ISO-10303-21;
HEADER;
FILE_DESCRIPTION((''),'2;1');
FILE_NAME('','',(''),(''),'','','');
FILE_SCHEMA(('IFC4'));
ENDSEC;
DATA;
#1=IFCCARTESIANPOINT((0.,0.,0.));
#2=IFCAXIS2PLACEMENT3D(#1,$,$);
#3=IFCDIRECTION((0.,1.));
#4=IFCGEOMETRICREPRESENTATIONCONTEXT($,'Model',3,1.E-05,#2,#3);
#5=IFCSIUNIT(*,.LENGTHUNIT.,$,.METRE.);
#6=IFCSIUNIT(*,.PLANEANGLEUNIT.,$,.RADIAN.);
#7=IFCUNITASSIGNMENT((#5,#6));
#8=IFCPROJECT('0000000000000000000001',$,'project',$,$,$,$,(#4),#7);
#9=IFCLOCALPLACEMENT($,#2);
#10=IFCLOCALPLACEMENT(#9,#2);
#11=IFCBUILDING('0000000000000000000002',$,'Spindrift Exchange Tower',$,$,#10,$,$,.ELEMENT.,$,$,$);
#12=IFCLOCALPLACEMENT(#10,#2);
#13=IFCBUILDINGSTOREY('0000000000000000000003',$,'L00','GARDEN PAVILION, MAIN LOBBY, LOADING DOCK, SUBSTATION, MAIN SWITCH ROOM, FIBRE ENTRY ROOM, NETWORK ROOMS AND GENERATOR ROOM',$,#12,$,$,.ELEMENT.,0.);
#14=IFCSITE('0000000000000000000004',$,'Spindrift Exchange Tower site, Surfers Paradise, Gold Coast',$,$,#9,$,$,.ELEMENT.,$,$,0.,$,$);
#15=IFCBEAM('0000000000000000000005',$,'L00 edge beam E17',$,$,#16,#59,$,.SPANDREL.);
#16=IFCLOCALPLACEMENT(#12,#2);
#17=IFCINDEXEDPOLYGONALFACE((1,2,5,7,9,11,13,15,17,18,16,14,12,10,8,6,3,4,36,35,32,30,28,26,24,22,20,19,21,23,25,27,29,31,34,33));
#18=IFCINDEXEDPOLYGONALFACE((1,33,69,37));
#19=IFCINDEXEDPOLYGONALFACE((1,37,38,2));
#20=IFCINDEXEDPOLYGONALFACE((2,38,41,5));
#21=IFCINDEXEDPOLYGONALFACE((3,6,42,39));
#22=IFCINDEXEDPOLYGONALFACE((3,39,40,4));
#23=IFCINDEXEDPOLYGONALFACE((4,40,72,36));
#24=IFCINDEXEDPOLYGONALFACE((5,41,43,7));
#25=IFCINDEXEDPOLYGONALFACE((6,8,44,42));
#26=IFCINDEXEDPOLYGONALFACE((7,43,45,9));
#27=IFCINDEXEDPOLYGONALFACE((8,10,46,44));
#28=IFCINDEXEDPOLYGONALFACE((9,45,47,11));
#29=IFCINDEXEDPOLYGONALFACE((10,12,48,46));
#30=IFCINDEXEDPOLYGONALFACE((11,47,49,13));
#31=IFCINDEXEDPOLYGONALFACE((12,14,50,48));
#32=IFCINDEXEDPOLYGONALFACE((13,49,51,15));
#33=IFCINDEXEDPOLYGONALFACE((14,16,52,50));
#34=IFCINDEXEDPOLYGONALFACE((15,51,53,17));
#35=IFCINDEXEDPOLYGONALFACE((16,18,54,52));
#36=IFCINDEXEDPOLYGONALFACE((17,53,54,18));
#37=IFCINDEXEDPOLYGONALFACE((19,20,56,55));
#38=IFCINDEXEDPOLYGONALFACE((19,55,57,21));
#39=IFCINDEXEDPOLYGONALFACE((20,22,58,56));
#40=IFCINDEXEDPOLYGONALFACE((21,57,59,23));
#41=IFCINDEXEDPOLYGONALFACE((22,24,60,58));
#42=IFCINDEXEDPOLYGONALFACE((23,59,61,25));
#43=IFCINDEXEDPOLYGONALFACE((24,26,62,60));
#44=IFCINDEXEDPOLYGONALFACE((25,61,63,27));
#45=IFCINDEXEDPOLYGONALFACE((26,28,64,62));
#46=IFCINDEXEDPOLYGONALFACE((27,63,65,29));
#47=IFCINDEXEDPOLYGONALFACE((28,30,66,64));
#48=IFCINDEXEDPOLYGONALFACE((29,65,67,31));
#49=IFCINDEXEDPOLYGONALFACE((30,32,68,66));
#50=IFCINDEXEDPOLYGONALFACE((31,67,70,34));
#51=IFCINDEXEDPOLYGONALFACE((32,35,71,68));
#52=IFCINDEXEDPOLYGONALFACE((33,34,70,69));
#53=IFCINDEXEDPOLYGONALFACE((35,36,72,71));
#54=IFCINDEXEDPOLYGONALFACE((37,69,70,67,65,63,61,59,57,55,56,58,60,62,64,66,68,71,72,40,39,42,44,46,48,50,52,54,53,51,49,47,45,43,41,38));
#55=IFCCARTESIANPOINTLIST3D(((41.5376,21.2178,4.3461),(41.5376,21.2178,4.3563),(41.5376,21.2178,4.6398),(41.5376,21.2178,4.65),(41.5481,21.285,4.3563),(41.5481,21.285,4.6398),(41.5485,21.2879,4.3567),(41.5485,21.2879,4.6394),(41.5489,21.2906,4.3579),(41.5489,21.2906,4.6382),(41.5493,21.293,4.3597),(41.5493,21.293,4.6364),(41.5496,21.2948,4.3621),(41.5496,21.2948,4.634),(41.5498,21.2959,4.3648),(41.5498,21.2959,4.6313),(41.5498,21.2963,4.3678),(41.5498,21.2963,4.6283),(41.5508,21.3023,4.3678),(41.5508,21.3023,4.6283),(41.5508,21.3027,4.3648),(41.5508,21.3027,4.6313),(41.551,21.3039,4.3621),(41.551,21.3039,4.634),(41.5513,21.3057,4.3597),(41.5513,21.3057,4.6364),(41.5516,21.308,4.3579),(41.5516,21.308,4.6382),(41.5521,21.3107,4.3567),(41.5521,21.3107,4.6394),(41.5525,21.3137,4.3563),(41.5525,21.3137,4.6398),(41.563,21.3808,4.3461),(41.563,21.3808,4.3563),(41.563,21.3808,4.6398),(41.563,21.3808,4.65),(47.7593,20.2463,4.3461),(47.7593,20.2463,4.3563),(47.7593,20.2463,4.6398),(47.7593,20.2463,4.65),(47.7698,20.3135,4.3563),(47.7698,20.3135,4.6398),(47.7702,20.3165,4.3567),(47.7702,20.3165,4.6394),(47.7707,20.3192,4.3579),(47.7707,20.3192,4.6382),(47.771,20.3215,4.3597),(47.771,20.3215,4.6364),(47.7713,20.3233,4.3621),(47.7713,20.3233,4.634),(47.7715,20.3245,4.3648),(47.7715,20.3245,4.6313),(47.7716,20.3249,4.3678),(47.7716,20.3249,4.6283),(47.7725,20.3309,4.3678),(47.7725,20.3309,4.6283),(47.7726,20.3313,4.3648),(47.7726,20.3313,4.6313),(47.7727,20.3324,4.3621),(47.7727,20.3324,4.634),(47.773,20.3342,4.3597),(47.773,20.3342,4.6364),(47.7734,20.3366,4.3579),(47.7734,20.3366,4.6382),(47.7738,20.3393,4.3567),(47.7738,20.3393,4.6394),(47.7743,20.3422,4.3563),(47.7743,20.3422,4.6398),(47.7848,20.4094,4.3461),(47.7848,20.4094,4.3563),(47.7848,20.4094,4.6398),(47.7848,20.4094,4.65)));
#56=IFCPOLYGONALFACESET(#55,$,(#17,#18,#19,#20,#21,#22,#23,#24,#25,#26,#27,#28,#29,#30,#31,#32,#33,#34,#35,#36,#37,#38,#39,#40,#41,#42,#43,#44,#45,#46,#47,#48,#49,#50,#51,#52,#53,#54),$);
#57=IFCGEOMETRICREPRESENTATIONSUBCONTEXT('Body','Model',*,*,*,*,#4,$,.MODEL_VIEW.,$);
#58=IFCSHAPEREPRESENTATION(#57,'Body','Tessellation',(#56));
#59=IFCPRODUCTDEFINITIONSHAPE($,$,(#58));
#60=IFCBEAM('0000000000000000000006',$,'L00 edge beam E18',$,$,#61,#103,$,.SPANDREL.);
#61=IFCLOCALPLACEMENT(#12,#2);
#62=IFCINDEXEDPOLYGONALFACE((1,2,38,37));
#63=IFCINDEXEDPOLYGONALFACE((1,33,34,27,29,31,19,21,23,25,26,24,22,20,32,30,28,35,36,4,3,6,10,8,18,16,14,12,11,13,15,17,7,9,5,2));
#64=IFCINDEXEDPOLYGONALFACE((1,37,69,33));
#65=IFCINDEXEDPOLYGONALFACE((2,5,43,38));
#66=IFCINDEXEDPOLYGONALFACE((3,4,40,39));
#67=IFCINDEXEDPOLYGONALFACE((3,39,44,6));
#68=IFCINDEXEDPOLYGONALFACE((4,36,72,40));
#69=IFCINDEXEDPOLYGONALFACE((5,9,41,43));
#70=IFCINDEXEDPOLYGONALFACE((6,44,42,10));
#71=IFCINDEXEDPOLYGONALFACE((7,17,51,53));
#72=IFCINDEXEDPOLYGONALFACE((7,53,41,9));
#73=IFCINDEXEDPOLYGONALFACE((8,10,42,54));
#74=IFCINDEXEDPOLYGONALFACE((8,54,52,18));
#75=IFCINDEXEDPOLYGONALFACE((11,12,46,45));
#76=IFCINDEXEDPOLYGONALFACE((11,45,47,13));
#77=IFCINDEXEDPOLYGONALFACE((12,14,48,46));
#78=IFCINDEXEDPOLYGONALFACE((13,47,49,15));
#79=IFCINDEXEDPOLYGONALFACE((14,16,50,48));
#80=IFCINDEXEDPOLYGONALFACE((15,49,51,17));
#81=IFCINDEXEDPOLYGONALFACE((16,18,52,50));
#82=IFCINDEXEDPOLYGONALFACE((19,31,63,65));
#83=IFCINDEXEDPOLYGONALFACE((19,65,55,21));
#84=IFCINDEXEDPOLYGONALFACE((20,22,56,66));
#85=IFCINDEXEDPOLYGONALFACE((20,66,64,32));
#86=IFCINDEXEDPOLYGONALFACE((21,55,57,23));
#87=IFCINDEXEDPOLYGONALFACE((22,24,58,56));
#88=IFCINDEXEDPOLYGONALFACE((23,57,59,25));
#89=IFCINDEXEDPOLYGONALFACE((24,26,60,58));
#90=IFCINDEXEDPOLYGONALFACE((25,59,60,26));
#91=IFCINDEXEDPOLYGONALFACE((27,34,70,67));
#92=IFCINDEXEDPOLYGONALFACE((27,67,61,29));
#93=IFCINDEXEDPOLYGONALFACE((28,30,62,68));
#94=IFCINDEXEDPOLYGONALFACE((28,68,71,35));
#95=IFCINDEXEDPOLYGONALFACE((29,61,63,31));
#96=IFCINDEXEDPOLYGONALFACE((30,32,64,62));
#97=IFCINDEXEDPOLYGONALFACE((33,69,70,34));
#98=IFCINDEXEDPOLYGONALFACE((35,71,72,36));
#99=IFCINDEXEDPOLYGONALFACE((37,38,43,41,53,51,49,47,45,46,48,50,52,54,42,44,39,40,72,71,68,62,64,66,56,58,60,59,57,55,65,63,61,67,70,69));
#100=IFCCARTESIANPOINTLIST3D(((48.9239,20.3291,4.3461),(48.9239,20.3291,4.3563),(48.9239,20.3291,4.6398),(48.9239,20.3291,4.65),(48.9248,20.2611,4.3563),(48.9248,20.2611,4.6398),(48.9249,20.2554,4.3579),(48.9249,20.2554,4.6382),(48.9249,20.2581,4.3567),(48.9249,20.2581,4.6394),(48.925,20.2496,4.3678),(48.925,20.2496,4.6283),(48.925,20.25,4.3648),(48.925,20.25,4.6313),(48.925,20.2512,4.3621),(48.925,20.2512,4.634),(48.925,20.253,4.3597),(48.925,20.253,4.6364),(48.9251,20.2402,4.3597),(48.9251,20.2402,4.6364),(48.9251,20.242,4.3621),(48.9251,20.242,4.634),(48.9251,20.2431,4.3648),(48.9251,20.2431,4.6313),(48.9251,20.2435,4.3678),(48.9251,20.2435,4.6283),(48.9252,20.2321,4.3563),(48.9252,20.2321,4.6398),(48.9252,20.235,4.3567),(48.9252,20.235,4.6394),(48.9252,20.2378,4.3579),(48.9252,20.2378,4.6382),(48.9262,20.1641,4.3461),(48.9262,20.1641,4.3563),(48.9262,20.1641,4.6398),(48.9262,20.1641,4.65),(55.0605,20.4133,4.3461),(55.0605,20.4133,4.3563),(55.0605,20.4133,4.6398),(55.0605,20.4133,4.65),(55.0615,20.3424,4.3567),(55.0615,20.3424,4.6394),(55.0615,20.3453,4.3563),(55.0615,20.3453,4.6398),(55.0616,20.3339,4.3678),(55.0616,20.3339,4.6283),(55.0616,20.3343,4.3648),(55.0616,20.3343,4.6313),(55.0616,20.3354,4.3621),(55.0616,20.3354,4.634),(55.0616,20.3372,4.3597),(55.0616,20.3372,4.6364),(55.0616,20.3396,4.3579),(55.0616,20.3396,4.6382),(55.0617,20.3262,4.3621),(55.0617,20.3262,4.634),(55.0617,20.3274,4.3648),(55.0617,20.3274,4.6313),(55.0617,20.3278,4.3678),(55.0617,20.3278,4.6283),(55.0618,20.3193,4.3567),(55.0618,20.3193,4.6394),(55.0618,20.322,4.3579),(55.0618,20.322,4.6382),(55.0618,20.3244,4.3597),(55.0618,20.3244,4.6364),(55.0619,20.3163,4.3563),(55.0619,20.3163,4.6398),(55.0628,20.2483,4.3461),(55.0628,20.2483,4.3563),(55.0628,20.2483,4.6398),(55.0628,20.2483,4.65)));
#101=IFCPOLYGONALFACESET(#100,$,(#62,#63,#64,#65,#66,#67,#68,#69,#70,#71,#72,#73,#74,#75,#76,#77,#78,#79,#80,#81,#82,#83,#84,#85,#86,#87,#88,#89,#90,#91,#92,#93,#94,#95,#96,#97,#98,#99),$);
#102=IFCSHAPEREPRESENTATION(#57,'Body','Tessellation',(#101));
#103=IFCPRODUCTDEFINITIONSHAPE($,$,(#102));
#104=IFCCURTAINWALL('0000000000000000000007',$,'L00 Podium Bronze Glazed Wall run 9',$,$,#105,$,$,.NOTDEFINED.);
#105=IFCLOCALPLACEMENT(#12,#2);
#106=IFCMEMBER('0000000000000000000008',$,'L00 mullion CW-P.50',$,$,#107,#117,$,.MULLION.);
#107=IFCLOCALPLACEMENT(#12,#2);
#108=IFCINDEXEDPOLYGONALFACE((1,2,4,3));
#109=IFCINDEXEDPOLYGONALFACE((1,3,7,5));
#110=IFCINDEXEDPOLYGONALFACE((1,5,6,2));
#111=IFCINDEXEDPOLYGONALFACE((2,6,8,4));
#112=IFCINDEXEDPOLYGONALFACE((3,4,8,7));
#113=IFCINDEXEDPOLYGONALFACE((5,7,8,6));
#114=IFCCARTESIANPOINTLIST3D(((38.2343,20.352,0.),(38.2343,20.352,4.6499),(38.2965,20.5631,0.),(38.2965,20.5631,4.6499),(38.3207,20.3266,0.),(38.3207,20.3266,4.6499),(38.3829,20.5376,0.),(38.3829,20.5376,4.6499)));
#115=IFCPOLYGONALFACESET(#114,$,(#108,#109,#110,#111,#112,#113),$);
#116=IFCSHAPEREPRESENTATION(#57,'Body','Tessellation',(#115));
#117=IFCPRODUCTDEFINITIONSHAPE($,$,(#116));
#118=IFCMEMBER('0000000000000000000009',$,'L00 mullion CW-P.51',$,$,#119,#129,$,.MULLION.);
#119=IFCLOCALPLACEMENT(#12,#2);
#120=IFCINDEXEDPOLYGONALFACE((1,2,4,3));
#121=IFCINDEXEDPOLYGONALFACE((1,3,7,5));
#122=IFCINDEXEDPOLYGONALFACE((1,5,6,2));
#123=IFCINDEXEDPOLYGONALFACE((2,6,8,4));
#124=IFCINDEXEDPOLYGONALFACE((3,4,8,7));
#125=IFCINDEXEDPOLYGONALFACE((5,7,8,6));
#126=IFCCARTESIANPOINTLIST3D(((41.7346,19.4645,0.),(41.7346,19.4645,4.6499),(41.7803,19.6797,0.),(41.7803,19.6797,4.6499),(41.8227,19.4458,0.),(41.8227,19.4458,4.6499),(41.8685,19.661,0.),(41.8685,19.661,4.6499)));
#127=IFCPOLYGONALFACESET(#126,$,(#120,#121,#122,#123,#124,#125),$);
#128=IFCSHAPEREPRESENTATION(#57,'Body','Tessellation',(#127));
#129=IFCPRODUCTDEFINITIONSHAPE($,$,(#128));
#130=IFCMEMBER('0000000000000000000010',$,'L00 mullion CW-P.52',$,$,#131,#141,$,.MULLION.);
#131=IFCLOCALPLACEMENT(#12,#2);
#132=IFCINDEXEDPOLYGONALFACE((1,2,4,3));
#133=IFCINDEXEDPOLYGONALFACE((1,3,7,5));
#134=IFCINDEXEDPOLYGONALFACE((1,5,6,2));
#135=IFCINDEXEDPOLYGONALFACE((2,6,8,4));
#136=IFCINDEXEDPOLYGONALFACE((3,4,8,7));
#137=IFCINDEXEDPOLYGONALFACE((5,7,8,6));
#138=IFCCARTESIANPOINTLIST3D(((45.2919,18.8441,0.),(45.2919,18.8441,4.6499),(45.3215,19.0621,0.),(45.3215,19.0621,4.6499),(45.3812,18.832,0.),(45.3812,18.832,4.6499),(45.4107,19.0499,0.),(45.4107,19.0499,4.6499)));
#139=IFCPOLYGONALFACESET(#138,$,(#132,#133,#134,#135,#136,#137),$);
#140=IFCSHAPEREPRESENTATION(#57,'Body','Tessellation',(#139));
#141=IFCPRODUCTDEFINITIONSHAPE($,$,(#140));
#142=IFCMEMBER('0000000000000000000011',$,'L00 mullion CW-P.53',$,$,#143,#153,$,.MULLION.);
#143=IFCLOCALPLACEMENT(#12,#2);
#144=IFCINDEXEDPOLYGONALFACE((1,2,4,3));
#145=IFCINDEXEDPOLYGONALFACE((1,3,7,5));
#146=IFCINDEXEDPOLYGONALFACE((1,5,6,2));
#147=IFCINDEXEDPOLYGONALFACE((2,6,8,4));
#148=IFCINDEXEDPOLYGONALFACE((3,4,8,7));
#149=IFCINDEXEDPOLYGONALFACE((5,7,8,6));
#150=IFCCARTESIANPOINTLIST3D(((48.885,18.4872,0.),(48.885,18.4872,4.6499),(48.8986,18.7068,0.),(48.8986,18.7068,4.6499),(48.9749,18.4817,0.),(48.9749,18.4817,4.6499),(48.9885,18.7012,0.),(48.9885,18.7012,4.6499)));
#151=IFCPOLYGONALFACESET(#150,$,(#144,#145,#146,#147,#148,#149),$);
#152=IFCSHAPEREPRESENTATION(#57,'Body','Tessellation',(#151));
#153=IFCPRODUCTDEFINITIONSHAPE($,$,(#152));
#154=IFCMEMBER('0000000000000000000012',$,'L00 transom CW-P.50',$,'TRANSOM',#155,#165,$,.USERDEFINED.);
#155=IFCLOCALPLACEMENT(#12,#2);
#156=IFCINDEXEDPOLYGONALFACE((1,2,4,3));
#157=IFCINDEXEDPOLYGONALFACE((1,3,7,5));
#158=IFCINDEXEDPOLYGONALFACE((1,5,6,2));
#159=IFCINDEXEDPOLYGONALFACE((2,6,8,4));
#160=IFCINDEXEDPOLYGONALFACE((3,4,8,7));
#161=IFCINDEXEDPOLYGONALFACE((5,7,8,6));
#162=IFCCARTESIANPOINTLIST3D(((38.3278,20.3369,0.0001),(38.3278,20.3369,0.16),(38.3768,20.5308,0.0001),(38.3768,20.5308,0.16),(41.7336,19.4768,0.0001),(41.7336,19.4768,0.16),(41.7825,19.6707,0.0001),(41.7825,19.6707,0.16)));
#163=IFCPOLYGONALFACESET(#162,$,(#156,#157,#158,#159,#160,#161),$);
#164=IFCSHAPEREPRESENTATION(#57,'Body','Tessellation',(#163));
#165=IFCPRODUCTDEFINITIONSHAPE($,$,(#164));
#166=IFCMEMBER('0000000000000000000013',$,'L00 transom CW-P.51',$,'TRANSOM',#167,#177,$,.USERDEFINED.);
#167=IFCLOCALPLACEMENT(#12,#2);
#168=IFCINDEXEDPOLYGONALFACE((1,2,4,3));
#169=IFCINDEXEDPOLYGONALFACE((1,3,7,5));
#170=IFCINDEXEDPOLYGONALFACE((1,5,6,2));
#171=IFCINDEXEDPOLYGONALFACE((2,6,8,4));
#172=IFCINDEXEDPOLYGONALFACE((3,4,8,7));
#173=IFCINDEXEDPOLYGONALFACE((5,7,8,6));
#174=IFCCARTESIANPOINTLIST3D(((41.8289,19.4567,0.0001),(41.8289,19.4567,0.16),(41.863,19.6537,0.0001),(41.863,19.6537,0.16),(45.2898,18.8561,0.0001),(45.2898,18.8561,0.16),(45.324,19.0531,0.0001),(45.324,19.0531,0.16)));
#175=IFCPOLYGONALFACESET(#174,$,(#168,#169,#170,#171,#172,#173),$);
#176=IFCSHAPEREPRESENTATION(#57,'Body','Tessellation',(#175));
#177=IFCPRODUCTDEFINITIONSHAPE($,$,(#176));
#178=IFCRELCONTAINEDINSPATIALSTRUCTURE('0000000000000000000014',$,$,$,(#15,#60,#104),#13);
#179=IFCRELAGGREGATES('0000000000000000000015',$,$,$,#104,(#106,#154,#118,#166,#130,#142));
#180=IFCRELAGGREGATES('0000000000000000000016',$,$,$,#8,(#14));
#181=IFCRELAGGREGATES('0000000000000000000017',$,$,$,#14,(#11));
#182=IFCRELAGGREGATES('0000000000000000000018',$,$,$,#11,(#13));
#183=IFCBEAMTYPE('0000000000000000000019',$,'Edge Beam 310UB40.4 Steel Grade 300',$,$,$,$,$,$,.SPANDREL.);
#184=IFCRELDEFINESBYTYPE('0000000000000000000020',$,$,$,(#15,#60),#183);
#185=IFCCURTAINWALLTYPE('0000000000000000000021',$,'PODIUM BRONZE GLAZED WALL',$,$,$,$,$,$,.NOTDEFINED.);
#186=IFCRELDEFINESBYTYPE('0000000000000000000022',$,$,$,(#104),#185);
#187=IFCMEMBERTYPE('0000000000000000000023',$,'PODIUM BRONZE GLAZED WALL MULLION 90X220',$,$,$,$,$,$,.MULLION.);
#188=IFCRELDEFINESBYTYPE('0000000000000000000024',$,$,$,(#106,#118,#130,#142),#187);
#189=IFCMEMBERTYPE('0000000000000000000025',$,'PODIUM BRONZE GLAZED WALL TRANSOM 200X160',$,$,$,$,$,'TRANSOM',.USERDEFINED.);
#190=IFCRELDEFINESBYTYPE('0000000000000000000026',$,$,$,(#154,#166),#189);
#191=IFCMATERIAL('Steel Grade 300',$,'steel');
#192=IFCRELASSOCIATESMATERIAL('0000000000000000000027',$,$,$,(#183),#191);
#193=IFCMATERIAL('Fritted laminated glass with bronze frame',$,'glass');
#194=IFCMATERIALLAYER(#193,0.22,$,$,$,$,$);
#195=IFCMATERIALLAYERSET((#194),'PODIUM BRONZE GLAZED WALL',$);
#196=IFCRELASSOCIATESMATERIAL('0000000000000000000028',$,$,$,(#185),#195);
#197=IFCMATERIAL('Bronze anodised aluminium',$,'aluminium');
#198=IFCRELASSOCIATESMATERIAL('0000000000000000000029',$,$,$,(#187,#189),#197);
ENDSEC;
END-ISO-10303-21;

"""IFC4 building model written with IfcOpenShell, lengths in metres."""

from ifc_helpers import new_model, si_unit, direction, frame, origin, origin_2d, place, context, subcontext, project, spatial, rectangle, i_section, extrude, source, transform, mapped, material, layer, layer_set, material_profile, profile_set, type_object, element, aggregate, save


model = new_model("IFC4")

# Units and contexts
model_context = context("Model", 3, precision=1e-05, world=origin(), true_north=direction((0.0, 1.0)))
body_context = subcontext(model_context, "Body", "Model", "MODEL_VIEW")
ifc_project = project(units=[si_unit("LENGTHUNIT", "METRE"), si_unit("PLANEANGLEUNIT", "RADIAN")], contexts=[model_context])

# Site, building, storey
site_placement = place(None, origin())
site = spatial("IfcSite", under=ifc_project, at=site_placement, Name="Spindrift Exchange Tower site, Surfers Paradise, Gold Coast", CompositionType="ELEMENT", RefElevation=0.0)
building_placement = place(site_placement, origin())
building = spatial("IfcBuilding", under=site, at=building_placement, Name="Spindrift Exchange Tower", CompositionType="ELEMENT")
storey_placement = place(building_placement, origin())
storey = spatial("IfcBuildingStorey", under=building, at=storey_placement, Name="L00", Description="GARDEN PAVILION, MAIN LOBBY, LOADING DOCK, SUBSTATION, MAIN SWITCH ROOM, FIBRE ENTRY ROOM, NETWORK ROOMS AND GENERATOR ROOM", CompositionType="ELEMENT", Elevation=0.0)

# Beams
ifc_material_1 = material(Name="Steel Grade 300", Category="steel")
ifc_material_profile_1 = material_profile(ifc_material_1, i_section(OverallWidth=0.165, OverallDepth=0.304, WebThickness=0.0061, FlangeThickness=0.0103, FilletRadius=0.0115, at=origin_2d()), Name="310UB40.4")
ifc_profile_set_1 = profile_set([ifc_material_profile_1], Name="Steel Grade 300")
beam_type_1 = type_object("IfcBeamType", Name="Edge Beam 310UB40.4 Steel Grade 300", PredefinedType="SPANDREL", material=ifc_profile_set_1)
shared_shape_1 = source(origin(), body_context, "Body", "SweptSolid", [
    extrude(i_section(OverallWidth=0.165, OverallDepth=0.304, WebThickness=0.0061, FlangeThickness=0.0103, FilletRadius=0.0115, at=origin_2d()), origin(), (0.0, 0.0, 1.0), 6.2971),
])
beam_1_placement = place(storey_placement, frame((41.5503, 21.2993, 4.498), z_axis=(0.988029, -0.154268, 0.0), x_axis=(0.154268, 0.988029, 0.0)))
element("IfcBeam", 1, at=beam_1_placement, inside=storey, type_object=beam_type_1, Name="L00 edge beam E17", PredefinedType="SPANDREL", context=body_context, shape_type="MappedRepresentation", body=[
    mapped(shared_shape_1, transform((0.0, 0.0, 0.0), scale=1.0)),
])
shared_shape_2 = source(origin(), body_context, "Body", "SweptSolid", [
    extrude(i_section(OverallWidth=0.165, OverallDepth=0.304, WebThickness=0.0061, FlangeThickness=0.0103, FilletRadius=0.0115, at=origin_2d()), origin(), (0.0, 0.0, 1.0), 6.1372),
])
beam_2_placement = place(storey_placement, frame((48.925, 20.2466, 4.498), z_axis=(0.999906, 0.013724, 0.0), x_axis=(-0.013724, 0.999906, 0.0)))
element("IfcBeam", 2, at=beam_2_placement, inside=storey, type_object=beam_type_1, Name="L00 edge beam E18", PredefinedType="SPANDREL", context=body_context, shape_type="MappedRepresentation", body=[
    mapped(shared_shape_2, transform((0.0, 0.0, 0.0), scale=1.0)),
])

# Curtain wall, members
ifc_material_2 = material(Name="Fritted laminated glass with bronze frame", Category="glass")
ifc_layer_1 = layer(ifc_material_2, 0.22)
ifc_layer_set_1 = layer_set([ifc_layer_1], Name="PODIUM BRONZE GLAZED WALL")
curtain_wall_type = type_object("IfcCurtainWallType", Name="PODIUM BRONZE GLAZED WALL", PredefinedType="NOTDEFINED", material=ifc_layer_set_1)
curtain_wall_placement = place(storey_placement, origin())
curtain_wall = element("IfcCurtainWall", 3, at=curtain_wall_placement, inside=storey, type_object=curtain_wall_type, Name="L00 Podium Bronze Glazed Wall run 9", PredefinedType="NOTDEFINED")
ifc_material_3 = material(Name="Bronze anodised aluminium", Category="aluminium")
ifc_material_profile_2 = material_profile(ifc_material_3, rectangle(XDim=0.0901, YDim=0.22, at=origin_2d()), Name="PODIUM BRONZE GLAZED WALL MULLION 90X220")
ifc_profile_set_2 = profile_set([ifc_material_profile_2], Name="Bronze anodised aluminium")
member_type_1 = type_object("IfcMemberType", Name="PODIUM BRONZE GLAZED WALL MULLION 90X220", PredefinedType="MULLION", material=ifc_profile_set_2)
shared_shape_3 = source(origin(), body_context, "Body", "SweptSolid", [
    extrude(rectangle(XDim=0.0901, YDim=0.22, at=origin_2d()), origin(), (0.0, 0.0, 1.0), 4.6499),
])
member_1_placement = place(storey_placement, frame((38.3086, 20.4448, 0.0), z_axis=(0.0, 0.0, 1.0), x_axis=(0.959252, -0.282551, 0.0)))
member_1 = element("IfcMember", 4, at=member_1_placement, type_object=member_type_1, Name="L00 mullion CW-P.50", PredefinedType="MULLION", context=body_context, shape_type="MappedRepresentation", body=[
    mapped(shared_shape_3, transform((0.0, 0.0, 0.0), scale=1.0)),
])
member_2_placement = place(storey_placement, frame((41.8015, 19.5627, 0.0), z_axis=(0.0, 0.0, 1.0), x_axis=(0.978121, -0.208035, 0.0)))
member_2 = element("IfcMember", 5, at=member_2_placement, type_object=member_type_1, Name="L00 mullion CW-P.51", PredefinedType="MULLION", context=body_context, shape_type="MappedRepresentation", body=[
    mapped(shared_shape_3, transform((0.0, 0.0, 0.0), scale=1.0)),
])
member_3_placement = place(storey_placement, frame((45.3513, 18.947, 0.0), z_axis=(0.0, 0.0, 1.0), x_axis=(0.990913, -0.134503, 0.0)))
member_3 = element("IfcMember", 6, at=member_3_placement, type_object=member_type_1, Name="L00 mullion CW-P.52", PredefinedType="MULLION", context=body_context, shape_type="MappedRepresentation", body=[
    mapped(shared_shape_3, transform((0.0, 0.0, 0.0), scale=1.0)),
])
member_4_placement = place(storey_placement, frame((48.9368, 18.5942, 0.0), z_axis=(0.0, 0.0, 1.0), x_axis=(0.998098, -0.061645, 0.0)))
member_4 = element("IfcMember", 7, at=member_4_placement, type_object=member_type_1, Name="L00 mullion CW-P.53", PredefinedType="MULLION", context=body_context, shape_type="MappedRepresentation", body=[
    mapped(shared_shape_3, transform((0.0, 0.0, 0.0), scale=1.0)),
])
ifc_material_profile_3 = material_profile(ifc_material_3, rectangle(XDim=0.2, YDim=0.1599, at=origin_2d()), Name="PODIUM BRONZE GLAZED WALL TRANSOM 200X160")
ifc_profile_set_3 = profile_set([ifc_material_profile_3], Name="Bronze anodised aluminium")
member_type_2 = type_object("IfcMemberType", Name="PODIUM BRONZE GLAZED WALL TRANSOM 200X160", ElementType="TRANSOM", PredefinedType="USERDEFINED", material=ifc_profile_set_3)
shared_shape_4 = source(origin(), body_context, "Body", "SweptSolid", [
    extrude(rectangle(XDim=0.2, YDim=0.1599, at=origin_2d()), origin(), (0.0, 0.0, 1.0), 3.5127),
])
member_5_placement = place(storey_placement, frame((38.3523, 20.4338, 0.0801), z_axis=(0.969559, -0.244857, 0.0), x_axis=(0.244857, 0.969559, 0.0)))
member_5 = element("IfcMember", 8, at=member_5_placement, type_object=member_type_2, Name="L00 transom CW-P.50", ObjectType="TRANSOM", PredefinedType="USERDEFINED", context=body_context, shape_type="MappedRepresentation", body=[
    mapped(shared_shape_4, transform((0.0, 0.0, 0.0), scale=1.0)),
])
member_6_placement = place(storey_placement, frame((41.8459, 19.5552, 0.0801), z_axis=(0.985275, -0.170977, 0.0), x_axis=(0.170977, 0.985275, 0.0)))
member_6 = element("IfcMember", 9, at=member_6_placement, type_object=member_type_2, Name="L00 transom CW-P.51", ObjectType="TRANSOM", PredefinedType="USERDEFINED", context=body_context, shape_type="MappedRepresentation", body=[
    mapped(shared_shape_4, transform((0.0, 0.0, 0.0), scale=1.0)),
])
aggregate(curtain_wall, [member_1, member_5, member_2, member_6, member_3, member_4])

save(model, "model.ifc")
